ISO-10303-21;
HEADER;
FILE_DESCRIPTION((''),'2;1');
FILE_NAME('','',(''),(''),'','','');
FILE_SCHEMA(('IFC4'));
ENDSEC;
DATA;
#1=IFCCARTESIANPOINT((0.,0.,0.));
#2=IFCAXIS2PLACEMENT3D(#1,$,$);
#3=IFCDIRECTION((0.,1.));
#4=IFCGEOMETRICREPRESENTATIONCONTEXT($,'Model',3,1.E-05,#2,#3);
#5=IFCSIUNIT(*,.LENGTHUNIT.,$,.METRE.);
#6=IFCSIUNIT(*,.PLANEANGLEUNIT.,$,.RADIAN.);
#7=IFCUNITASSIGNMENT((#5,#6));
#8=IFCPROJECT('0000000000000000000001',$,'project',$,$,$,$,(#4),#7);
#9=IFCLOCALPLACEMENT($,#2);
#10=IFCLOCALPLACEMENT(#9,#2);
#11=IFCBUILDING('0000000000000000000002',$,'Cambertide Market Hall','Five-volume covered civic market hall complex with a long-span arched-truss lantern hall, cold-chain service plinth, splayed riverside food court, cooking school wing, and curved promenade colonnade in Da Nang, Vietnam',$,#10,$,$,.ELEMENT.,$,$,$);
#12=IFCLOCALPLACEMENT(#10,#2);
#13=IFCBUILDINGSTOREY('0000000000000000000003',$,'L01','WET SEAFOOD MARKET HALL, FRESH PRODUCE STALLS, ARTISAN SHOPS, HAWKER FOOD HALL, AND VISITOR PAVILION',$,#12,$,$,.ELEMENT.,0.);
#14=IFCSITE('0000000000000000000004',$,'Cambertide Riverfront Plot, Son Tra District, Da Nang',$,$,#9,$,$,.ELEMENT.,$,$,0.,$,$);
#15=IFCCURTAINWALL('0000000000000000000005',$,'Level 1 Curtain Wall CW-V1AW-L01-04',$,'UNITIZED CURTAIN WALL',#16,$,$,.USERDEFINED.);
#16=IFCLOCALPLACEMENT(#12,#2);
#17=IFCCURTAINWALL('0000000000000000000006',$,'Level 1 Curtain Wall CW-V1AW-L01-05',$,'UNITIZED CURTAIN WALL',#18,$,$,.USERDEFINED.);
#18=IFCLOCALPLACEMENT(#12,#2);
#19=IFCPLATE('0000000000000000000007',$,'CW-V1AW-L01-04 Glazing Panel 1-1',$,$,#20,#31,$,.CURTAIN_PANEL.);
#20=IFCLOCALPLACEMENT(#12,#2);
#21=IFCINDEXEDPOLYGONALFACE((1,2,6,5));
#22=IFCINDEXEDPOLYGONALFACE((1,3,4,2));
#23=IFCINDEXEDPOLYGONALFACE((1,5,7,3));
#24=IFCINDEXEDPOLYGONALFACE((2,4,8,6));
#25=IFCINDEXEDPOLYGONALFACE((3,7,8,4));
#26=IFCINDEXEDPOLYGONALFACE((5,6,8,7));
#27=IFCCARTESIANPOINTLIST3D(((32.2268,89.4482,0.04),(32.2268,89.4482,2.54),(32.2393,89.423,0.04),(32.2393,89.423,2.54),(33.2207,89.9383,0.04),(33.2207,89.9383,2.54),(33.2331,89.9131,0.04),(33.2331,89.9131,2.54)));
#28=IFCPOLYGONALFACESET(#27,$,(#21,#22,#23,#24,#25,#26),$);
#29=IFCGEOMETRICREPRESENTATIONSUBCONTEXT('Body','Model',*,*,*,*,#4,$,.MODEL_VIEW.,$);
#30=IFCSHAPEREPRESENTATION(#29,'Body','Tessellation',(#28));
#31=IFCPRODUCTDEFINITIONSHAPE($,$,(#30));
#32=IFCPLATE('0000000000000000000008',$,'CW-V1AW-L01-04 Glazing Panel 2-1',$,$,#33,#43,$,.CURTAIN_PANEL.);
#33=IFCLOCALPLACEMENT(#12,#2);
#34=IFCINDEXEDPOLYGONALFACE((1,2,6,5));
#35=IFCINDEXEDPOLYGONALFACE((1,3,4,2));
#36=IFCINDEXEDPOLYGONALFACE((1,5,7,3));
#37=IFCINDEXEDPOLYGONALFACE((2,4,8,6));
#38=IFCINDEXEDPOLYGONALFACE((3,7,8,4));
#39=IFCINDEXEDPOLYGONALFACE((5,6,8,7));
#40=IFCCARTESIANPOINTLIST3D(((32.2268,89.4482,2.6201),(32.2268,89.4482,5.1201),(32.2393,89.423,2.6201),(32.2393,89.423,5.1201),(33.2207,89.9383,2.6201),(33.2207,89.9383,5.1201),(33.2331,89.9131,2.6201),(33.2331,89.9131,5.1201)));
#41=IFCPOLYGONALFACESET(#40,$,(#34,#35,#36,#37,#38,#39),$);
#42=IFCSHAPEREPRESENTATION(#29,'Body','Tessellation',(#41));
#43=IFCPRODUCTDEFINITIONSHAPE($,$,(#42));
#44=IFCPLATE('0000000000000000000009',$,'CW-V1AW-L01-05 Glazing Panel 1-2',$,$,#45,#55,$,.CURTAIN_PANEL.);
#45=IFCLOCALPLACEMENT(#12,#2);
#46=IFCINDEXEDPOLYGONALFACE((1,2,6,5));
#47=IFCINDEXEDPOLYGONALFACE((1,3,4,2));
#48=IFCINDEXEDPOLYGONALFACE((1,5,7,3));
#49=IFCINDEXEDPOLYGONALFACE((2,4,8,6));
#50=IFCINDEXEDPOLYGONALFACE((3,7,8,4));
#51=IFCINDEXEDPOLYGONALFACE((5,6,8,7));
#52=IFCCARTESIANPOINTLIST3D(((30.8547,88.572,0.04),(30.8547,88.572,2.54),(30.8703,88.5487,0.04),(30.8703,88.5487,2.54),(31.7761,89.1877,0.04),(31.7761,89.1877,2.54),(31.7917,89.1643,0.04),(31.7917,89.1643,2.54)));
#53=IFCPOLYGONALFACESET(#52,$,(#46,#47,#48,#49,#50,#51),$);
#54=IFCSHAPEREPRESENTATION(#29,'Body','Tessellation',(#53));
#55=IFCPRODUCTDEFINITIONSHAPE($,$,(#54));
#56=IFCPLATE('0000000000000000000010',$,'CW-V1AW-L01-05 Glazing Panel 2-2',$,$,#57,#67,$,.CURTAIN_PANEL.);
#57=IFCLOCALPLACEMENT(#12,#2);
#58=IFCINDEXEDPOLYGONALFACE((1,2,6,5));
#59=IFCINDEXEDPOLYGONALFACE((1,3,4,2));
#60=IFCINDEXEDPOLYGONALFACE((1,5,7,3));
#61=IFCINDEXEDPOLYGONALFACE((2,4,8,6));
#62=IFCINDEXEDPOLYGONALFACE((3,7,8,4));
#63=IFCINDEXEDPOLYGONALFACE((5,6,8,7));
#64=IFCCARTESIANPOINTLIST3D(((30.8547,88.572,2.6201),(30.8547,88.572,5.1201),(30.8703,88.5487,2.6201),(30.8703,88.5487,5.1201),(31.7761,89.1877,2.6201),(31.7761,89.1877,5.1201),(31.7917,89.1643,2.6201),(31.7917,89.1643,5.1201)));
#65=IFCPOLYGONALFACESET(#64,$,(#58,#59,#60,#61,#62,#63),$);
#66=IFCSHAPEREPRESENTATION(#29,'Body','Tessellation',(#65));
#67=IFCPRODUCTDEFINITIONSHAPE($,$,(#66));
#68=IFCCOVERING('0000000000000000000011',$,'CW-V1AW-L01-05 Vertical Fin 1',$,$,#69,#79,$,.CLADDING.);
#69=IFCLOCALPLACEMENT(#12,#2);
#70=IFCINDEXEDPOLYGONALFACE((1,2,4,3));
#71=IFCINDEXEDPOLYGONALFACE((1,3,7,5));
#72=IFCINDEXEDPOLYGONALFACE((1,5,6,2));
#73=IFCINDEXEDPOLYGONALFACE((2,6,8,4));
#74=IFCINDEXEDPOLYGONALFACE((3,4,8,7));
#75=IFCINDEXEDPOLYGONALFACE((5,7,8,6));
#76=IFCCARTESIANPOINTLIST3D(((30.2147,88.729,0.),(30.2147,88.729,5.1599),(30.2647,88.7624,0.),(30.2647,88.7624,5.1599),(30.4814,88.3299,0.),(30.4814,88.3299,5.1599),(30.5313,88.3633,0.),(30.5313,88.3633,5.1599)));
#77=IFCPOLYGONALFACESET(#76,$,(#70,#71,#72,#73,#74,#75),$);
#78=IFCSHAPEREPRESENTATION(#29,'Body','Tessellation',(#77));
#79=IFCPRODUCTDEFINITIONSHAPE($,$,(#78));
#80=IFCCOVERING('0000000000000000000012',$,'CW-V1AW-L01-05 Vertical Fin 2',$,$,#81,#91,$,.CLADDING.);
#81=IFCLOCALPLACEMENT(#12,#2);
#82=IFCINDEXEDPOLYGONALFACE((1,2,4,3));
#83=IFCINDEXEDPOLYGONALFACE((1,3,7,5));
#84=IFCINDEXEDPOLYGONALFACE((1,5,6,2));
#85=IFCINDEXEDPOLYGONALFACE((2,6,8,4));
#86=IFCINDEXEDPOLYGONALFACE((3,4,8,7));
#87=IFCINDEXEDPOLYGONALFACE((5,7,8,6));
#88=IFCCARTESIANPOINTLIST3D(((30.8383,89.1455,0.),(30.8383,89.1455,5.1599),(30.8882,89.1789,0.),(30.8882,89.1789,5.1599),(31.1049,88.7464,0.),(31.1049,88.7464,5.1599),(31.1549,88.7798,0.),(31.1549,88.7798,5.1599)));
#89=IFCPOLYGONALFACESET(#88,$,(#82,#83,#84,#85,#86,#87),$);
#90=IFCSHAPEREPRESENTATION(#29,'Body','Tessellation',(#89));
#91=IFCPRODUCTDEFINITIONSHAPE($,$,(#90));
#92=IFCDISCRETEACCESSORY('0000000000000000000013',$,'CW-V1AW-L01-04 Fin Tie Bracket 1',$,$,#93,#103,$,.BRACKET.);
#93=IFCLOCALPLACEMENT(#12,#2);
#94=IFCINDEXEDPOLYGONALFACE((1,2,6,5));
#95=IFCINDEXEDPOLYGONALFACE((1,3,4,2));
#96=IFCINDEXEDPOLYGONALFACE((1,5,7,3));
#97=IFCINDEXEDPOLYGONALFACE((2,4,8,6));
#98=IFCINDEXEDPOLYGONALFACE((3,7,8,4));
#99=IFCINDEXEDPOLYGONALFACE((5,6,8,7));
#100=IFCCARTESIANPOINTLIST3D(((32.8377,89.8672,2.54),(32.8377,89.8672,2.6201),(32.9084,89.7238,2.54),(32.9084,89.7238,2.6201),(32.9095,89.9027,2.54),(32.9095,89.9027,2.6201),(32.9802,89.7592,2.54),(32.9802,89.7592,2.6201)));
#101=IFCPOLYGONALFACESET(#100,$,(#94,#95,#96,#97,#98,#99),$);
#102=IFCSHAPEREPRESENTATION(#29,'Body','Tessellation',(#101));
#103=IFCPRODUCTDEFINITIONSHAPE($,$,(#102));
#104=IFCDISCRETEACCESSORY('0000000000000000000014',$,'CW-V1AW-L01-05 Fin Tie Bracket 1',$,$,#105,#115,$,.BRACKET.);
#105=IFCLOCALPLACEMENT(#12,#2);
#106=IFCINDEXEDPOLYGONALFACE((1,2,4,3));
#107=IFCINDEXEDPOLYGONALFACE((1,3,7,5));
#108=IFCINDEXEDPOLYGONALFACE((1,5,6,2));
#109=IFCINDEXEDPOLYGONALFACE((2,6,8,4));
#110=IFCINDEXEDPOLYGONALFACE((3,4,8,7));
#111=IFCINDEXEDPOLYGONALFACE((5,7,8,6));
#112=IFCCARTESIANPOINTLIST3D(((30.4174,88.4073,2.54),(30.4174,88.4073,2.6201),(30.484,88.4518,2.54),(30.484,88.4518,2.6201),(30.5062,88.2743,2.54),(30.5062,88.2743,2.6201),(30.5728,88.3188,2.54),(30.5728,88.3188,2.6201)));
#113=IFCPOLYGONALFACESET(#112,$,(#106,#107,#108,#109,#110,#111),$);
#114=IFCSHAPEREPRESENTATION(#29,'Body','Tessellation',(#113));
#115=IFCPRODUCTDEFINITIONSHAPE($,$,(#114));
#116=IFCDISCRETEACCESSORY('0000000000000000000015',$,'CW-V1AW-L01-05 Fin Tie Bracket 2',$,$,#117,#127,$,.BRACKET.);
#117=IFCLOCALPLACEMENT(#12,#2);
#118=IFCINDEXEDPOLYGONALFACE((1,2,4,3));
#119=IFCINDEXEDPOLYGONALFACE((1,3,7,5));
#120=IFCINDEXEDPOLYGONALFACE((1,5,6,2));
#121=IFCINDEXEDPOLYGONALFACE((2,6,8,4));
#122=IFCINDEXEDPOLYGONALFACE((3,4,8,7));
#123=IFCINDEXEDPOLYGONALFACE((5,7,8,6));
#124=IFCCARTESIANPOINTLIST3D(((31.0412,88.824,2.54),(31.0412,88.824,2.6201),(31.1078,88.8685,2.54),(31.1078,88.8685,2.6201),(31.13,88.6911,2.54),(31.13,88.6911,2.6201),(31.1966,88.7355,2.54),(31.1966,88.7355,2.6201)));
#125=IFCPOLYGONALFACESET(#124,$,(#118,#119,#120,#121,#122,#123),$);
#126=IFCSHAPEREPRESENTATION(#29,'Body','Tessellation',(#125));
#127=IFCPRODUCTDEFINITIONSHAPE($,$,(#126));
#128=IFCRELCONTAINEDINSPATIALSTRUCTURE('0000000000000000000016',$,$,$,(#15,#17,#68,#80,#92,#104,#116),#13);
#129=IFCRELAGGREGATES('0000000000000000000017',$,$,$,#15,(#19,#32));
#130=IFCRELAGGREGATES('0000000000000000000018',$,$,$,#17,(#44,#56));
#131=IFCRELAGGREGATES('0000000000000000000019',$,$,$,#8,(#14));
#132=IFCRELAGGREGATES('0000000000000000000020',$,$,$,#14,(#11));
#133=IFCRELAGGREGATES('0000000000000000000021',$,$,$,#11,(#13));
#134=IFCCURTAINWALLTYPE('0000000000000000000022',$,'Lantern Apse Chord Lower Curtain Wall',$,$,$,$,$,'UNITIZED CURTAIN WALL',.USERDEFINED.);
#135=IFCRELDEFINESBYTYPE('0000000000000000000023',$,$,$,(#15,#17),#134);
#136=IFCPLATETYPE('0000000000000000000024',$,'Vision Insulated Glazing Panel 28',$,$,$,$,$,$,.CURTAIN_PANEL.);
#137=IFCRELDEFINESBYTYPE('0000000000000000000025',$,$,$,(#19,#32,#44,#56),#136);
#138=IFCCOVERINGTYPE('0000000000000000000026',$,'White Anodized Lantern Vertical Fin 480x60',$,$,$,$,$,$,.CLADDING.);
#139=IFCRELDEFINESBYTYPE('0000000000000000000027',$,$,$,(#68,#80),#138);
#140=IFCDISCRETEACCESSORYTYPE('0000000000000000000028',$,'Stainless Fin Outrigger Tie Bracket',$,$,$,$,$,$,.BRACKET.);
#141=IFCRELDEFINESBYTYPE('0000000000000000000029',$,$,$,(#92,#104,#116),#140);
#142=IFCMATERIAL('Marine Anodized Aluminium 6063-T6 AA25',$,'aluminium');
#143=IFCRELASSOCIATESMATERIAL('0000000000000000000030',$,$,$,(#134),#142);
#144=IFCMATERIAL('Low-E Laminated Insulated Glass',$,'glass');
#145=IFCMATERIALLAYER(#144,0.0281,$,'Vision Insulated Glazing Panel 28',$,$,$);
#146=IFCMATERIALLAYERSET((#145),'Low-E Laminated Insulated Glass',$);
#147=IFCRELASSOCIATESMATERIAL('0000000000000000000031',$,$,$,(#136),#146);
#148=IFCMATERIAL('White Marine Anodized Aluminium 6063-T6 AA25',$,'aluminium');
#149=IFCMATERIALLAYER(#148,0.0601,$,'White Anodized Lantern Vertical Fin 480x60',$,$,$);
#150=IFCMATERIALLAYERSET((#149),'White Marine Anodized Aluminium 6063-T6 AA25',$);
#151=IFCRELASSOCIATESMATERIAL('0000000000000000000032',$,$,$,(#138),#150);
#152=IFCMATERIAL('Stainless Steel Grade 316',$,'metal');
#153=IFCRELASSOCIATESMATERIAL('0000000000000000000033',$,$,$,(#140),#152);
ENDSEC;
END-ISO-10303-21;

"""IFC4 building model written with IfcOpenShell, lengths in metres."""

from ifc_helpers import new_model, si_unit, direction, frame, origin, origin_2d, place, context, subcontext, project, spatial, rectangle, extrude, material, layer, layer_set, type_object, element, aggregate, save


model = new_model("IFC4")

# Units and contexts
model_context = context("Model", 3, precision=1e-05, world=origin(), true_north=direction((0.0, 1.0)))
body_context = subcontext(model_context, "Body", "Model", "MODEL_VIEW")
ifc_project = project(units=[si_unit("LENGTHUNIT", "METRE"), si_unit("PLANEANGLEUNIT", "RADIAN")], contexts=[model_context])

# Site, building, storey
site_placement = place(None, origin())
site = spatial("IfcSite", under=ifc_project, at=site_placement, Name="Cambertide Riverfront Plot, Son Tra District, Da Nang", CompositionType="ELEMENT", RefElevation=0.0)
building_placement = place(site_placement, origin())
building = spatial("IfcBuilding", under=site, at=building_placement, Name="Cambertide Market Hall", Description="Five-volume covered civic market hall complex with a long-span arched-truss lantern hall, cold-chain service plinth, splayed riverside food court, cooking school wing, and curved promenade colonnade in Da Nang, Vietnam", CompositionType="ELEMENT")
storey_placement = place(building_placement, origin())
storey = spatial("IfcBuildingStorey", under=building, at=storey_placement, Name="L01", Description="WET SEAFOOD MARKET HALL, FRESH PRODUCE STALLS, ARTISAN SHOPS, HAWKER FOOD HALL, AND VISITOR PAVILION", CompositionType="ELEMENT", Elevation=0.0)

# Curtain walls
ifc_material_1 = material(Name="Marine Anodized Aluminium 6063-T6 AA25", Category="aluminium")
curtain_wall_type = type_object("IfcCurtainWallType", Name="Lantern Apse Chord Lower Curtain Wall", ElementType="UNITIZED CURTAIN WALL", PredefinedType="USERDEFINED", material=ifc_material_1)
curtain_wall_1_placement = place(storey_placement, origin())
curtain_wall_1 = element("IfcCurtainWall", 1, at=curtain_wall_1_placement, inside=storey, type_object=curtain_wall_type, Name="Level 1 Curtain Wall CW-V1AW-L01-04", ObjectType="UNITIZED CURTAIN WALL", PredefinedType="USERDEFINED")
curtain_wall_2_placement = place(storey_placement, origin())
curtain_wall_2 = element("IfcCurtainWall", 2, at=curtain_wall_2_placement, inside=storey, type_object=curtain_wall_type, Name="Level 1 Curtain Wall CW-V1AW-L01-05", ObjectType="UNITIZED CURTAIN WALL", PredefinedType="USERDEFINED")

# Plates
ifc_material_2 = material(Name="Low-E Laminated Insulated Glass", Category="glass")
ifc_layer_1 = layer(ifc_material_2, 0.0281, Name="Vision Insulated Glazing Panel 28")
ifc_layer_set_1 = layer_set([ifc_layer_1], Name="Low-E Laminated Insulated Glass")
plate_type = type_object("IfcPlateType", Name="Vision Insulated Glazing Panel 28", PredefinedType="CURTAIN_PANEL", material=ifc_layer_set_1)
plate_1_placement = place(storey_placement, frame((32.73, 89.6807, 0.04), z_axis=(0.0, 0.0, 1.0), x_axis=(0.896873, 0.442289, 0.0)))
plate_1 = element("IfcPlate", 3, at=plate_1_placement, type_object=plate_type, Name="CW-V1AW-L01-04 Glazing Panel 1-1", PredefinedType="CURTAIN_PANEL", context=body_context, shape_type="SweptSolid", body=[
    extrude(rectangle(XDim=1.1082, YDim=0.0281, at=origin_2d()), origin(), (0.0, 0.0, 1.0), 2.5),
])
plate_2_placement = place(storey_placement, frame((32.73, 89.6807, 2.6201), z_axis=(0.0, 0.0, 1.0), x_axis=(0.896873, 0.442289, 0.0)))
plate_2 = element("IfcPlate", 4, at=plate_2_placement, type_object=plate_type, Name="CW-V1AW-L01-04 Glazing Panel 2-1", PredefinedType="CURTAIN_PANEL", context=body_context, shape_type="SweptSolid", body=[
    extrude(rectangle(XDim=1.1082, YDim=0.0281, at=origin_2d()), origin(), (0.0, 0.0, 1.0), 2.5),
])
aggregate(curtain_wall_1, [plate_1, plate_2])
plate_3_placement = place(storey_placement, frame((31.3232, 88.8682, 0.04), z_axis=(0.0, 0.0, 1.0), x_axis=(0.83147, 0.55557, 0.0)))
plate_3 = element("IfcPlate", 5, at=plate_3_placement, type_object=plate_type, Name="CW-V1AW-L01-05 Glazing Panel 1-2", PredefinedType="CURTAIN_PANEL", context=body_context, shape_type="SweptSolid", body=[
    extrude(rectangle(XDim=1.1082, YDim=0.0281, at=origin_2d()), origin(), (0.0, 0.0, 1.0), 2.5),
])
plate_4_placement = place(storey_placement, frame((31.3232, 88.8682, 2.6201), z_axis=(0.0, 0.0, 1.0), x_axis=(0.83147, 0.55557, 0.0)))
plate_4 = element("IfcPlate", 6, at=plate_4_placement, type_object=plate_type, Name="CW-V1AW-L01-05 Glazing Panel 2-2", PredefinedType="CURTAIN_PANEL", context=body_context, shape_type="SweptSolid", body=[
    extrude(rectangle(XDim=1.1082, YDim=0.0281, at=origin_2d()), origin(), (0.0, 0.0, 1.0), 2.5),
])
aggregate(curtain_wall_2, [plate_3, plate_4])

# Coverings
ifc_material_3 = material(Name="White Marine Anodized Aluminium 6063-T6 AA25", Category="aluminium")
ifc_layer_2 = layer(ifc_material_3, 0.0601, Name="White Anodized Lantern Vertical Fin 480x60")
ifc_layer_set_2 = layer_set([ifc_layer_2], Name="White Marine Anodized Aluminium 6063-T6 AA25")
covering_type = type_object("IfcCoveringType", Name="White Anodized Lantern Vertical Fin 480x60", PredefinedType="CLADDING", material=ifc_layer_set_2)
for number, where, z_axis, x_axis, name in (
    (7, (30.373, 88.5461, 0.0), (0.0, 0.0, 1.0), (0.83147, 0.55557, 0.0), "CW-V1AW-L01-05 Vertical Fin 1"),
    (8, (30.9966, 88.9626, 0.0), (0.0, 0.0, 1.0), (0.83147, 0.55557, 0.0), "CW-V1AW-L01-05 Vertical Fin 2"),
):
    element("IfcCovering", number, at=place(storey_placement, frame(where, z_axis=z_axis, x_axis=x_axis)), inside=storey, type_object=covering_type, Name=name, PredefinedType="CLADDING", context=body_context, shape_type="SweptSolid", body=[
        extrude(rectangle(XDim=0.0601, YDim=0.48, at=origin_2d()), origin(), (0.0, 0.0, 1.0), 5.1599),
    ])

# Discrete accessories
ifc_material_4 = material(Name="Stainless Steel Grade 316", Category="metal")
discrete_accessory_type = type_object("IfcDiscreteAccessoryType", Name="Stainless Fin Outrigger Tie Bracket", PredefinedType="BRACKET", material=ifc_material_4)
for number, where, z_axis, x_axis, name in (
    (9, (32.9089, 89.8132, 2.54), (0.0, 0.0, 1.0), (0.896873, 0.442289, 0.0), "CW-V1AW-L01-04 Fin Tie Bracket 1"),
    (10, (30.4951, 88.363, 2.54), (0.0, 0.0, 1.0), (0.83147, 0.55557, 0.0), "CW-V1AW-L01-05 Fin Tie Bracket 1"),
    (11, (31.1189, 88.7798, 2.54), (0.0, 0.0, 1.0), (0.83147, 0.55557, 0.0), "CW-V1AW-L01-05 Fin Tie Bracket 2"),
):
    element("IfcDiscreteAccessory", number, at=place(storey_placement, frame(where, z_axis=z_axis, x_axis=x_axis)), inside=storey, type_object=discrete_accessory_type, Name=name, PredefinedType="BRACKET", context=body_context, shape_type="SweptSolid", body=[
        extrude(rectangle(XDim=0.0801, YDim=0.1599, at=origin_2d()), origin(), (0.0, 0.0, 1.0), 0.0801),
    ])

save(model, "model.ifc")
